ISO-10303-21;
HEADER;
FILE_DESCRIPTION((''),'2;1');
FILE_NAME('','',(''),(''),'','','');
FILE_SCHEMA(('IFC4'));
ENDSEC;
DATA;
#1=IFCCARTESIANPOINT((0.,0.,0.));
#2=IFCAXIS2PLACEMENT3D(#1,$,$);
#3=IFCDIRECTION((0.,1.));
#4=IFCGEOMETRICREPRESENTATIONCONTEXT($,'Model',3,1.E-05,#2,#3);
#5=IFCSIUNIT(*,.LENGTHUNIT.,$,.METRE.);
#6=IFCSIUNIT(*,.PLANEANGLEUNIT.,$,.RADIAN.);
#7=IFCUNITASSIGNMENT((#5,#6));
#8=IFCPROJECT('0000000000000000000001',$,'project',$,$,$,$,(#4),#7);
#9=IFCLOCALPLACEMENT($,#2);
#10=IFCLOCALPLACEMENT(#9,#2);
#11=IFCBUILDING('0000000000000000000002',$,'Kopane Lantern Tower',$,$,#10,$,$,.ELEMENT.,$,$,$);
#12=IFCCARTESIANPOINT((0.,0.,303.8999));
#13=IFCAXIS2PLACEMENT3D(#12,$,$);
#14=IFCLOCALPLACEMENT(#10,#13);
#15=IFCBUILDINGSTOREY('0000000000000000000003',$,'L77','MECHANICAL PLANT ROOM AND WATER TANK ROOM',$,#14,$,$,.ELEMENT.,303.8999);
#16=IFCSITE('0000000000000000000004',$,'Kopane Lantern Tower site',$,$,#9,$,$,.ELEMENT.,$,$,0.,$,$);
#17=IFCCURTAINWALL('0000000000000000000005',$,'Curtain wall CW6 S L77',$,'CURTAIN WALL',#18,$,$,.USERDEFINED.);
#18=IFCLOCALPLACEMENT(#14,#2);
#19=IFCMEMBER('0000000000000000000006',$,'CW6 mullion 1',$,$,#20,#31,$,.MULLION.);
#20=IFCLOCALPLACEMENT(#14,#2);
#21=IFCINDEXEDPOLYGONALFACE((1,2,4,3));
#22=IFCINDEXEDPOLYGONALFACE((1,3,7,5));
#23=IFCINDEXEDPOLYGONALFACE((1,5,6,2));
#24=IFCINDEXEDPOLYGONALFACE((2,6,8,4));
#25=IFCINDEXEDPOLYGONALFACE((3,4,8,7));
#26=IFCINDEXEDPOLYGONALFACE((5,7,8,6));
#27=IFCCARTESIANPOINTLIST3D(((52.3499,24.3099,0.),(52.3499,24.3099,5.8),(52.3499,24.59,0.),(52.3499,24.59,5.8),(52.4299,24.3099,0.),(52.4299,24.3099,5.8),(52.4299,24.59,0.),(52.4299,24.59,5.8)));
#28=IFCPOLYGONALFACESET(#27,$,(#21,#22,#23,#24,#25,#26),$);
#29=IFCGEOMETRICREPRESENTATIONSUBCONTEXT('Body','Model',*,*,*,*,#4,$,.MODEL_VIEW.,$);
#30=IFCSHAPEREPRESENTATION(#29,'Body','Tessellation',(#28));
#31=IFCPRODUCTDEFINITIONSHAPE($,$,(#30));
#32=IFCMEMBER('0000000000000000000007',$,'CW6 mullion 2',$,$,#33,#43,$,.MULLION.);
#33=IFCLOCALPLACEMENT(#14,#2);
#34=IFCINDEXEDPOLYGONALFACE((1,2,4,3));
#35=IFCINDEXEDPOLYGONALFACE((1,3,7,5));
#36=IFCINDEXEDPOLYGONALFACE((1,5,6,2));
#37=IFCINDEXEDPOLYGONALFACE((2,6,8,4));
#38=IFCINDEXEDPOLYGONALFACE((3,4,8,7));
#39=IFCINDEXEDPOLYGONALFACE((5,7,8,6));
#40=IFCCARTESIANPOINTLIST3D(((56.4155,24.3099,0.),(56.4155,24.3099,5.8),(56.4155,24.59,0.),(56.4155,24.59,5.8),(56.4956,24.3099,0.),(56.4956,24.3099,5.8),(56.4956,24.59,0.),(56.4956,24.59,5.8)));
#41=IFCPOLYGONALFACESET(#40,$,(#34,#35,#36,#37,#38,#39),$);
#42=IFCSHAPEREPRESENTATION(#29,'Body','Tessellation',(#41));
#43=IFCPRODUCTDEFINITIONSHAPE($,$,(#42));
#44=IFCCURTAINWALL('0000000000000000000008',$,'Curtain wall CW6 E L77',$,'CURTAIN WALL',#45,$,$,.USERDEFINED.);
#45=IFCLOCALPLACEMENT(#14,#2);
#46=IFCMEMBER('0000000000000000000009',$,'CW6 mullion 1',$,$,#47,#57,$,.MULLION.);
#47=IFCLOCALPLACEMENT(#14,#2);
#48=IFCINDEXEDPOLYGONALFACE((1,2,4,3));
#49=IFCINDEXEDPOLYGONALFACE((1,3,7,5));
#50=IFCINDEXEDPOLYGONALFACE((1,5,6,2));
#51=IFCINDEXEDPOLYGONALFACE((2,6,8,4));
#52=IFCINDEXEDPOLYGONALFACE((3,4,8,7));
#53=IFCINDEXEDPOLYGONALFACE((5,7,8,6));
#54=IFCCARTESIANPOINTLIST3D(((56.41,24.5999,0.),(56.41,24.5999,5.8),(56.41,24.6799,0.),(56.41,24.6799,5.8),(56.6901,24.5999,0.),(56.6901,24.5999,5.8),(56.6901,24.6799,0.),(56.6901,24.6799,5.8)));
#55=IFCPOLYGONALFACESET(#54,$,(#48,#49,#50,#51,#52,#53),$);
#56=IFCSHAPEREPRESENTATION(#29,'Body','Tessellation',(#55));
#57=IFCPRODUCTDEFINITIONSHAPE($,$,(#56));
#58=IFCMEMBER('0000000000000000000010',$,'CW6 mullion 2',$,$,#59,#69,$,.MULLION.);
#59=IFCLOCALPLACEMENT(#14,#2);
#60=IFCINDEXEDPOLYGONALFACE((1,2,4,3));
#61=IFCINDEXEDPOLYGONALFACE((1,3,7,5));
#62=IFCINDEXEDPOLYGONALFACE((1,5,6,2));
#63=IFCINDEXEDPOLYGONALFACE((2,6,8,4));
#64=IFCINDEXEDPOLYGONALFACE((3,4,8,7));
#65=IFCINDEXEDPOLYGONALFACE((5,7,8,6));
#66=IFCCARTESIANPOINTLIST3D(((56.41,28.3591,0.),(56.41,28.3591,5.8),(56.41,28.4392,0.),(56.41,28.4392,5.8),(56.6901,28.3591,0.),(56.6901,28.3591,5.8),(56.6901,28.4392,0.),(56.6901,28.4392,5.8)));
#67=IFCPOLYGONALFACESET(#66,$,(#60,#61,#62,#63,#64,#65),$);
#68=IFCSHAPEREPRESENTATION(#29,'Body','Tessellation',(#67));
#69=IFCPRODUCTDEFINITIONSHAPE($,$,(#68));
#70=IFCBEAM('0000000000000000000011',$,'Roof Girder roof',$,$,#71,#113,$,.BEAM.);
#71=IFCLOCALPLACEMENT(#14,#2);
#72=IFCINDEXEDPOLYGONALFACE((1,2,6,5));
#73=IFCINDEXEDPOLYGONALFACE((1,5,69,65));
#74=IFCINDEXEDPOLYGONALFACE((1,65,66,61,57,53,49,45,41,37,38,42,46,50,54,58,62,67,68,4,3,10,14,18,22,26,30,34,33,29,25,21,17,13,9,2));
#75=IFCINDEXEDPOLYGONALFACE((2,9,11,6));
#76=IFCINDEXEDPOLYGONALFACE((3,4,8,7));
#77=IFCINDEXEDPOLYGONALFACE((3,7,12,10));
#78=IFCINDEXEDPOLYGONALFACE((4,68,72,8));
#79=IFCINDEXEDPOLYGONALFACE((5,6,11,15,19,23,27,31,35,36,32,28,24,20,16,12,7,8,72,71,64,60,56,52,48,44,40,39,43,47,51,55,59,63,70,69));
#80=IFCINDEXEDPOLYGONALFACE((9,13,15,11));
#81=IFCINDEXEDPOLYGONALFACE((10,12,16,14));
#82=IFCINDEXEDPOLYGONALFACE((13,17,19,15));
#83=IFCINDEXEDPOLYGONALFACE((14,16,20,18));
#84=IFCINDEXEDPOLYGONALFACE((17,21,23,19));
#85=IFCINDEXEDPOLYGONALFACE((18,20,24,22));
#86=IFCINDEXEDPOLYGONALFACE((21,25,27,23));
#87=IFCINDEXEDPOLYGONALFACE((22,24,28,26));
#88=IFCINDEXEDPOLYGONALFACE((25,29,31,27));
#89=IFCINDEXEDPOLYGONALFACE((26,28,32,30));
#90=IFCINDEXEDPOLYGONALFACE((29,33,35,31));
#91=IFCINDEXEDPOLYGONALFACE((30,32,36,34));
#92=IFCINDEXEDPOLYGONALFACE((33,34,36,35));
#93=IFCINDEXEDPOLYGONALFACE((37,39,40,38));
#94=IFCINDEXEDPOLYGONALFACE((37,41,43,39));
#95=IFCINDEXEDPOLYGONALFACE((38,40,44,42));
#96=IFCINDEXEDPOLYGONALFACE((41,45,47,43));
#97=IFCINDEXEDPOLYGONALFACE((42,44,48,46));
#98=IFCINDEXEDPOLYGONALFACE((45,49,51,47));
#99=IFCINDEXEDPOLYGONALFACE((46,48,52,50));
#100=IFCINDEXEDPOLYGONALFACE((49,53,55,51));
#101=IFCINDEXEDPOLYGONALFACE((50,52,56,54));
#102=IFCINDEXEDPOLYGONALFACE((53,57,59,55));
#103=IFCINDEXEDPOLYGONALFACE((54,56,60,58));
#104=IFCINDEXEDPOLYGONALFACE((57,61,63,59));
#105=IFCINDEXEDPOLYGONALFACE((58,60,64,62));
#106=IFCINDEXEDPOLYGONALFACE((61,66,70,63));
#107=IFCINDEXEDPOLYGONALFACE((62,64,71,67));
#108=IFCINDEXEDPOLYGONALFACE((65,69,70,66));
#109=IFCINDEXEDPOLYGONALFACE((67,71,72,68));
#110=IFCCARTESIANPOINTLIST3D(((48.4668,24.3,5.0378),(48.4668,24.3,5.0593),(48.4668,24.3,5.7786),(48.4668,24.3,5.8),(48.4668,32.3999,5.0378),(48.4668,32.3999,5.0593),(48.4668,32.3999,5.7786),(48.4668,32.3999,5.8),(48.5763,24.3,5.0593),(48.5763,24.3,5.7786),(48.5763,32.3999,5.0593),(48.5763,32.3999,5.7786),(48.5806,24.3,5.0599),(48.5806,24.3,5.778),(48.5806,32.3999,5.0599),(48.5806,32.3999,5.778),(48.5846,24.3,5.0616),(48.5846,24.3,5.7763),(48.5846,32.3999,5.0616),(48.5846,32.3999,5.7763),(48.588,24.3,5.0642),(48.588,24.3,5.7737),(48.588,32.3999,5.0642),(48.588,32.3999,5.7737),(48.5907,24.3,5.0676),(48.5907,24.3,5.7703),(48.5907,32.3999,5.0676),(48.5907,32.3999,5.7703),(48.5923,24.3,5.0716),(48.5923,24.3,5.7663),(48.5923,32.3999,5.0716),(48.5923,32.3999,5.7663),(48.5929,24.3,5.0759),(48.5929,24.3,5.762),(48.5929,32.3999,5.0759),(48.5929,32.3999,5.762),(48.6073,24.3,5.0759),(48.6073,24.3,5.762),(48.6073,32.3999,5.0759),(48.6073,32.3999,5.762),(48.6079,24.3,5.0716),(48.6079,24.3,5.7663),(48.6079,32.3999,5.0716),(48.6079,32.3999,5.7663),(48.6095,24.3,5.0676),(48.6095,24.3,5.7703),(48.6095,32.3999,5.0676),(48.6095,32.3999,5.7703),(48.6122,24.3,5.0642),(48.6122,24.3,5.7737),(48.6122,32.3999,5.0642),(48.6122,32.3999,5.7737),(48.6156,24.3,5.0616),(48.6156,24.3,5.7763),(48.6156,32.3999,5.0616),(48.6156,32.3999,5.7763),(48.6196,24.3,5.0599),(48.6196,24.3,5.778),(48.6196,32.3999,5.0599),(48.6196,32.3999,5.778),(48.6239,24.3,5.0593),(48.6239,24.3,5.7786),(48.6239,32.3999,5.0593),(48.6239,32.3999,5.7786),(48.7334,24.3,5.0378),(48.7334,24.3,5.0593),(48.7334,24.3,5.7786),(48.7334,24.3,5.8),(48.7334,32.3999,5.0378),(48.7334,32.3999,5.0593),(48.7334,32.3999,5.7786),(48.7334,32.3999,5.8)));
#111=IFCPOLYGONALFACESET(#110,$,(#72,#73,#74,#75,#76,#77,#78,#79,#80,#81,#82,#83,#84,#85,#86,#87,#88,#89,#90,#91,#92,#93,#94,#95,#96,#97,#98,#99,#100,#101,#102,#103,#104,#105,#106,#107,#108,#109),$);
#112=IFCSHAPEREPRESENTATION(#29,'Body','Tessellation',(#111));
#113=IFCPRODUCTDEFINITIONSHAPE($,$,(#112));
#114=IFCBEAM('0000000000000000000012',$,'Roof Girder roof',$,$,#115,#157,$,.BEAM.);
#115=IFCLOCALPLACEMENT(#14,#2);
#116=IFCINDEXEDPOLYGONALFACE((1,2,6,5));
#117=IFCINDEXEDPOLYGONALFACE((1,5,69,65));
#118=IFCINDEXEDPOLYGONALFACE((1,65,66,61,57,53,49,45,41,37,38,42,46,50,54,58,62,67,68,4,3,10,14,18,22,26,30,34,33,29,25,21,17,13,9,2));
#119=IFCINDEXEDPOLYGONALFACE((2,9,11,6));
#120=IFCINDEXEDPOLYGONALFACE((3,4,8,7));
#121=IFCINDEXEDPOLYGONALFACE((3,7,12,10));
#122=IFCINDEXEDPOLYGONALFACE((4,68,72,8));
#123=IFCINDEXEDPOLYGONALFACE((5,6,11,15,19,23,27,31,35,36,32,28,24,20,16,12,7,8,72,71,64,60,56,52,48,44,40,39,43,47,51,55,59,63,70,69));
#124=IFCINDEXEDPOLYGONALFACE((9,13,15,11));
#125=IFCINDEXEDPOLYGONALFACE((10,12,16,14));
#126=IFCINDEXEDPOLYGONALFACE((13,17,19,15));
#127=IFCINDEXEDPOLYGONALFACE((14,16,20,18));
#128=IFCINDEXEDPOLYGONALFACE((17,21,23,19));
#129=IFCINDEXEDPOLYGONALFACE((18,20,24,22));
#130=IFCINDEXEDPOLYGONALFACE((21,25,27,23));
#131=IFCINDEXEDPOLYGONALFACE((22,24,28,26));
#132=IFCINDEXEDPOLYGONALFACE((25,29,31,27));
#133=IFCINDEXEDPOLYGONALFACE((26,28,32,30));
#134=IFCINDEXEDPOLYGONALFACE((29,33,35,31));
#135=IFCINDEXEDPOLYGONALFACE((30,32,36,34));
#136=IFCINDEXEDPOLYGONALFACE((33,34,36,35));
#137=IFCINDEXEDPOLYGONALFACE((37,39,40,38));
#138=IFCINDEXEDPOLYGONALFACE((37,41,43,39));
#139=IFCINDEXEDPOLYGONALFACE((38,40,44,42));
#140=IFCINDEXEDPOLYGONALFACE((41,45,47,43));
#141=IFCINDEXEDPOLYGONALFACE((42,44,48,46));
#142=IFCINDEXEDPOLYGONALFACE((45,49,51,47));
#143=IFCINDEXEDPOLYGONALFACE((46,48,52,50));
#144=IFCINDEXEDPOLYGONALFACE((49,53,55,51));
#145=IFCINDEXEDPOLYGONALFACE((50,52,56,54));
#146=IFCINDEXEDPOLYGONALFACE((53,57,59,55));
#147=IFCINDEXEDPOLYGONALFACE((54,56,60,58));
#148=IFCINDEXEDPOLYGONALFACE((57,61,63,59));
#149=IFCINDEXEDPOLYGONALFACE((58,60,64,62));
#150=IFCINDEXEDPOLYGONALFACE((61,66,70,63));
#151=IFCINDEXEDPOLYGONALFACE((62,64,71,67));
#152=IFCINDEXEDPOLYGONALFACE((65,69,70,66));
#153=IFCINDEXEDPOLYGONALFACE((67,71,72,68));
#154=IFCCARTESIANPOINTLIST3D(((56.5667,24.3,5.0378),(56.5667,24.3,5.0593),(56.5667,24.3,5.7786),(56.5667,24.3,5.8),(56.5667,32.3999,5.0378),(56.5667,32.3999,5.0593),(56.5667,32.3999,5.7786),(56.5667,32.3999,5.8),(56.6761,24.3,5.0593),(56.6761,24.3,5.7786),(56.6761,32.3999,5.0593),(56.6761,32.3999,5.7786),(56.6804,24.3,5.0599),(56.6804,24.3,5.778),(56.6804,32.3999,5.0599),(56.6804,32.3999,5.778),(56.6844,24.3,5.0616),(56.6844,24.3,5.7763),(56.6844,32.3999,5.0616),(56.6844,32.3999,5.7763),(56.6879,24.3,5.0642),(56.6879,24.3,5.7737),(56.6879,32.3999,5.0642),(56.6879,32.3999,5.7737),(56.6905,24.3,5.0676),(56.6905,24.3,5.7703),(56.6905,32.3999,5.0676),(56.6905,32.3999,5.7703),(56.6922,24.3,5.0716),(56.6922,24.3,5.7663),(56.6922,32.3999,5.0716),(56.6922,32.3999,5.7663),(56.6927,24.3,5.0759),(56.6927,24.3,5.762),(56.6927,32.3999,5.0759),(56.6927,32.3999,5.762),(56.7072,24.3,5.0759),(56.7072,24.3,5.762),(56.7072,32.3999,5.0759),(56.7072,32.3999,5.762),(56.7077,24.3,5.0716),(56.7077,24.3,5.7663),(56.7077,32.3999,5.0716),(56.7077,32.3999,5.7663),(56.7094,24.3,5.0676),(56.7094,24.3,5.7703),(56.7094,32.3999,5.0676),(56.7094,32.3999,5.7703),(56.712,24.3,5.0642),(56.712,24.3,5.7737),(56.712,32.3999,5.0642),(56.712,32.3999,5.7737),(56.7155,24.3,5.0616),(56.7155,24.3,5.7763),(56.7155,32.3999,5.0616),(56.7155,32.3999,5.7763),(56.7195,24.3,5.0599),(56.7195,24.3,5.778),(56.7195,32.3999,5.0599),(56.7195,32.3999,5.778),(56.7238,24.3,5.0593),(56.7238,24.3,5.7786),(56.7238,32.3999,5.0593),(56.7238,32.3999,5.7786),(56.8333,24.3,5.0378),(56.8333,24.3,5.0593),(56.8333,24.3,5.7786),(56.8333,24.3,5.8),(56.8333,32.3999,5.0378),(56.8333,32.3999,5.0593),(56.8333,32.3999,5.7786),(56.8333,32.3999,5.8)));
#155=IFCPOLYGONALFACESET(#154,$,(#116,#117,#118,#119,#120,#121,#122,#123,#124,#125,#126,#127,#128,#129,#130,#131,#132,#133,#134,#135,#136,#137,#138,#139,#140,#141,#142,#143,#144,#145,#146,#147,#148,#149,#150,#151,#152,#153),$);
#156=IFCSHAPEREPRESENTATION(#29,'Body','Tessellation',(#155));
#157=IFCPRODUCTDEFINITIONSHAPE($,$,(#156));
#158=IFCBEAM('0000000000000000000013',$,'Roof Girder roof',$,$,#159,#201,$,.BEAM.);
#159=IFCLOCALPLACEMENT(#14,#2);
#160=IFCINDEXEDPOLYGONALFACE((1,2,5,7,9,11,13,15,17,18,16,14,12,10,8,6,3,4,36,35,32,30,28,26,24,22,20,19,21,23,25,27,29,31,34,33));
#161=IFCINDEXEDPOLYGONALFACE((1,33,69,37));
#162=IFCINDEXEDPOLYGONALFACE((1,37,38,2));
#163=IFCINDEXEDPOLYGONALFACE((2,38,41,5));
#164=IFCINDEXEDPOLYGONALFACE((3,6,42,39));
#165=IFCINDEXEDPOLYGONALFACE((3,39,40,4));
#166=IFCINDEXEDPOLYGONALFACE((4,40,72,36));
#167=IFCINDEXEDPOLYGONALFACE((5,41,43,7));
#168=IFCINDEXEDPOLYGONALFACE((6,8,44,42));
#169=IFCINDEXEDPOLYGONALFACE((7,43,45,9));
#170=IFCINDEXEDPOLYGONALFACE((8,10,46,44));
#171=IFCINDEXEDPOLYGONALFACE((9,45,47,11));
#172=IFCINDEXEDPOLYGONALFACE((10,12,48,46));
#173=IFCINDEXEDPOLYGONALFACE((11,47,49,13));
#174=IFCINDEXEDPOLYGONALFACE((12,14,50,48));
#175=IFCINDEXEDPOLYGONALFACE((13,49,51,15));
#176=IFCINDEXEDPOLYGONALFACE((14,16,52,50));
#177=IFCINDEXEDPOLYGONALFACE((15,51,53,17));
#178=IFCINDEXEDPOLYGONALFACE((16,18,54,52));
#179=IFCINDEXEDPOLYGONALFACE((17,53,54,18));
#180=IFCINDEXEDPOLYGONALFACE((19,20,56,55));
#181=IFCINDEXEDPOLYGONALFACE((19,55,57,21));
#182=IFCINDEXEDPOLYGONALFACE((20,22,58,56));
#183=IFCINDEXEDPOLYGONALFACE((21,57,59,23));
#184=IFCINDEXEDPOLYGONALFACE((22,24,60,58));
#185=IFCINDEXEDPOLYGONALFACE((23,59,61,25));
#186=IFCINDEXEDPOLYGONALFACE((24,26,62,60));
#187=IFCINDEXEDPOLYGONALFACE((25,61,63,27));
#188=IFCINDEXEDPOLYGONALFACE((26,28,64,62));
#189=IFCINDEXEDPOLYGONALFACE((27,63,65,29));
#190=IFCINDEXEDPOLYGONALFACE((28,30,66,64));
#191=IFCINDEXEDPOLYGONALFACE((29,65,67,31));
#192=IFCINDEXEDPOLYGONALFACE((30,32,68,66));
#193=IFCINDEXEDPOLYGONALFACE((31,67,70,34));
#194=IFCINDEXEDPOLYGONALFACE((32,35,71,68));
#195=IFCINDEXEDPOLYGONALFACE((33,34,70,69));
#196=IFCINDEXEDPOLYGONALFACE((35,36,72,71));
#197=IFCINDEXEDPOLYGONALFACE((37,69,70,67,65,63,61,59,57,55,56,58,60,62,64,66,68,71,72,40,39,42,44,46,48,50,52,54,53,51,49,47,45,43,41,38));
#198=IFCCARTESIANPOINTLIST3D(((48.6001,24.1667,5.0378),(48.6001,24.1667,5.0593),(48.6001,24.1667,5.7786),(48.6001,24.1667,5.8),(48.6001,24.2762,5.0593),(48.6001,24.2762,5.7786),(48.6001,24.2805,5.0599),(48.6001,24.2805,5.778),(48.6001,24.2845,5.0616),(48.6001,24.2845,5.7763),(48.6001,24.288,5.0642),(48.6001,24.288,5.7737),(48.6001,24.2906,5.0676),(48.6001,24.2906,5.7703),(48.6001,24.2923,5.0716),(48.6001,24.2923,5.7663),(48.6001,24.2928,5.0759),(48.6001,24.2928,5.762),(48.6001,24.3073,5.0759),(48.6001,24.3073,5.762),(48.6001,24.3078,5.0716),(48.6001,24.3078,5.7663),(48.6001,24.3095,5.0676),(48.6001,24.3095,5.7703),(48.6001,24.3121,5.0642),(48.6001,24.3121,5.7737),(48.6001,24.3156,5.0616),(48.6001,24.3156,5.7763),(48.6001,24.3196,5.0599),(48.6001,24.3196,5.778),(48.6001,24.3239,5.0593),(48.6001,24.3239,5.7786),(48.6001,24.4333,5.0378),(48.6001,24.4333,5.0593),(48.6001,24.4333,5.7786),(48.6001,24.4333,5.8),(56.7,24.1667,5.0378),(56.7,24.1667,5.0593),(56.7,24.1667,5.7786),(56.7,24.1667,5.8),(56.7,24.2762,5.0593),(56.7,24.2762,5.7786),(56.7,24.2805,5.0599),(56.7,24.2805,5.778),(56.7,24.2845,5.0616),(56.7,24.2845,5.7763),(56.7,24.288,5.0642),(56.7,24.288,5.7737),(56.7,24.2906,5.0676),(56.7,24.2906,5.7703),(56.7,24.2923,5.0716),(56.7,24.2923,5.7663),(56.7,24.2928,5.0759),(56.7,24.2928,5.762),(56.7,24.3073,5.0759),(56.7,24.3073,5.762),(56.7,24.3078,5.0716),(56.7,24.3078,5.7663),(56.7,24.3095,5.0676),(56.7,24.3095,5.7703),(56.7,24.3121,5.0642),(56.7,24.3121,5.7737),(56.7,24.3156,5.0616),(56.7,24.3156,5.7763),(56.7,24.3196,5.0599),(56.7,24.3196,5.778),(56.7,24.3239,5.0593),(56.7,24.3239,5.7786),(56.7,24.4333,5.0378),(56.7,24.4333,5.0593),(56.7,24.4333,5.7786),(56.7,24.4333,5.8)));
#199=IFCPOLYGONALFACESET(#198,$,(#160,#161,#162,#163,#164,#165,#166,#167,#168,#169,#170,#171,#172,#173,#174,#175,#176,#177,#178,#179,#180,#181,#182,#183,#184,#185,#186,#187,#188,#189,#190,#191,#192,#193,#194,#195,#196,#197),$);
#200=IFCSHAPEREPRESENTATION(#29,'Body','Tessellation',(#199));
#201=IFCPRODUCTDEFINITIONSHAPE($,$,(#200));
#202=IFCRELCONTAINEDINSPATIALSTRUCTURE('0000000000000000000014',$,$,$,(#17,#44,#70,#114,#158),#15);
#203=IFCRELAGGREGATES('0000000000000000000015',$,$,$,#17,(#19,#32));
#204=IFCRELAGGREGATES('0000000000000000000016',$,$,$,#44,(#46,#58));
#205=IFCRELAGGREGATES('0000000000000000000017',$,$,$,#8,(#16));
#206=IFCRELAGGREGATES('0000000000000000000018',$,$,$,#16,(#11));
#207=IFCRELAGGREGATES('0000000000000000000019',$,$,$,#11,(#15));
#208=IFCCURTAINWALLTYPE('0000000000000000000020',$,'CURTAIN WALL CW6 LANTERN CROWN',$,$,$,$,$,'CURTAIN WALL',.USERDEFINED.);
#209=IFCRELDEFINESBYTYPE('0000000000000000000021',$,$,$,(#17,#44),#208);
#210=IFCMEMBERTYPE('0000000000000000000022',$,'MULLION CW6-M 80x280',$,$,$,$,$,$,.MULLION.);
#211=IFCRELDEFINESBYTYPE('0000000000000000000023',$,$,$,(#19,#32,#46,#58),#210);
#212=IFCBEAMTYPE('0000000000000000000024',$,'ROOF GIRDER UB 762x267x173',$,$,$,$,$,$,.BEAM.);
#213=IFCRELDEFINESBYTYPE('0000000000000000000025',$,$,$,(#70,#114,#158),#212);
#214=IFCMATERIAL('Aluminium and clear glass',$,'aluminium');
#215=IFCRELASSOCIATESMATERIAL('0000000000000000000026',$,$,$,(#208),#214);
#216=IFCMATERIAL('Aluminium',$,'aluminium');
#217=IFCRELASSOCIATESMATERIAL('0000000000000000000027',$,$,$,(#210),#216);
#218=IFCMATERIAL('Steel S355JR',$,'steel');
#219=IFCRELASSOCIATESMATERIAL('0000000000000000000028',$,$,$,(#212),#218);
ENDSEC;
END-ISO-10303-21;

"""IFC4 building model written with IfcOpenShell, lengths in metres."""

from ifc_helpers import new_model, si_unit, direction, frame, origin, origin_2d, place, context, subcontext, project, spatial, rectangle, i_section, extrude, material, material_profile, profile_set, type_object, element, aggregate, save


model = new_model("IFC4")

# Units and contexts
model_context = context("Model", 3, precision=1e-05, world=origin(), true_north=direction((0.0, 1.0)))
body_context = subcontext(model_context, "Body", "Model", "MODEL_VIEW")
ifc_project = project(units=[si_unit("LENGTHUNIT", "METRE"), si_unit("PLANEANGLEUNIT", "RADIAN")], contexts=[model_context])

# Site, building, storey
site_placement = place(None, origin())
site = spatial("IfcSite", under=ifc_project, at=site_placement, Name="Kopane Lantern Tower site", CompositionType="ELEMENT", RefElevation=0.0)
building_placement = place(site_placement, origin())
building = spatial("IfcBuilding", under=site, at=building_placement, Name="Kopane Lantern Tower", CompositionType="ELEMENT")
storey_placement = place(building_placement, frame((0.0, 0.0, 303.8999)))
storey = spatial("IfcBuildingStorey", under=building, at=storey_placement, Name="L77", Description="MECHANICAL PLANT ROOM AND WATER TANK ROOM", CompositionType="ELEMENT", Elevation=303.8999)

# Curtain walls, members
ifc_material_1 = material(Name="Aluminium and clear glass", Category="aluminium")
curtain_wall_type = type_object("IfcCurtainWallType", Name="CURTAIN WALL CW6 LANTERN CROWN", ElementType="CURTAIN WALL", PredefinedType="USERDEFINED", material=ifc_material_1)
curtain_wall_1_placement = place(storey_placement, origin())
curtain_wall_1 = element("IfcCurtainWall", 1, at=curtain_wall_1_placement, inside=storey, type_object=curtain_wall_type, Name="Curtain wall CW6 S L77", ObjectType="CURTAIN WALL", PredefinedType="USERDEFINED")
ifc_material_2 = material(Name="Aluminium", Category="aluminium")
ifc_material_profile_1 = material_profile(ifc_material_2, rectangle(XDim=0.0801, YDim=0.28, at=origin_2d()), Name="AL 80x280")
ifc_profile_set_1 = profile_set([ifc_material_profile_1], Name="Aluminium")
member_type_1 = type_object("IfcMemberType", Name="MULLION CW6-M 80x280", PredefinedType="MULLION", material=ifc_profile_set_1)
member_1_placement = place(storey_placement, frame((52.3899, 24.45, 0.0), z_axis=(0.0, 0.0, 1.0), x_axis=(1.0, 0.0, 0.0)))
member_1 = element("IfcMember", 2, at=member_1_placement, type_object=member_type_1, Name="CW6 mullion 1", PredefinedType="MULLION", context=body_context, shape_type="SweptSolid", body=[
    extrude(rectangle(XDim=0.0801, YDim=0.28, at=origin_2d()), origin(), (0.0, 0.0, 1.0), 5.8),
])
member_2_placement = place(storey_placement, frame((56.4556, 24.45, 0.0), z_axis=(0.0, 0.0, 1.0), x_axis=(1.0, 0.0, 0.0)))
member_2 = element("IfcMember", 3, at=member_2_placement, type_object=member_type_1, Name="CW6 mullion 2", PredefinedType="MULLION", context=body_context, shape_type="SweptSolid", body=[
    extrude(rectangle(XDim=0.0801, YDim=0.28, at=origin_2d()), origin(), (0.0, 0.0, 1.0), 5.8),
])
curtain_wall_2_placement = place(storey_placement, origin())
curtain_wall_2 = element("IfcCurtainWall", 4, at=curtain_wall_2_placement, inside=storey, type_object=curtain_wall_type, Name="Curtain wall CW6 E L77", ObjectType="CURTAIN WALL", PredefinedType="USERDEFINED")
member_3_placement = place(storey_placement, frame((56.55, 24.6399, 0.0), z_axis=(0.0, 0.0, 1.0), x_axis=(0.0, 1.0, 0.0)))
member_3 = element("IfcMember", 5, at=member_3_placement, type_object=member_type_1, Name="CW6 mullion 1", PredefinedType="MULLION", context=body_context, shape_type="SweptSolid", body=[
    extrude(rectangle(XDim=0.0801, YDim=0.28, at=origin_2d()), origin(), (0.0, 0.0, 1.0), 5.8),
])
member_4_placement = place(storey_placement, frame((56.55, 28.3992, 0.0), z_axis=(0.0, 0.0, 1.0), x_axis=(0.0, 1.0, 0.0)))
member_4 = element("IfcMember", 6, at=member_4_placement, type_object=member_type_1, Name="CW6 mullion 2", PredefinedType="MULLION", context=body_context, shape_type="SweptSolid", body=[
    extrude(rectangle(XDim=0.0801, YDim=0.28, at=origin_2d()), origin(), (0.0, 0.0, 1.0), 5.8),
])

# Beams
ifc_material_3 = material(Name="Steel S355JR", Category="steel")
ifc_material_profile_2 = material_profile(ifc_material_3, i_section(OverallWidth=0.2666, OverallDepth=0.7622, WebThickness=0.0144, FlangeThickness=0.0215, FilletRadius=0.0166, at=origin_2d()), Name="UB 762x267x173")
ifc_profile_set_2 = profile_set([ifc_material_profile_2], Name="Steel S355JR")
beam_type_1 = type_object("IfcBeamType", Name="ROOF GIRDER UB 762x267x173", PredefinedType="BEAM", material=ifc_profile_set_2)
for number, where, z_axis, x_axis, name in (
    (7, (48.6001, 24.3, 5.4189), (0.0, 1.0, 0.0), (-1.0, 0.0, 0.0), "Roof Girder roof"),
    (8, (56.7, 24.3, 5.4189), (0.0, 1.0, 0.0), (-1.0, 0.0, 0.0), "Roof Girder roof"),
    (9, (48.6001, 24.3, 5.4189), (1.0, 0.0, 0.0), (0.0, 1.0, 0.0), "Roof Girder roof"),
):
    element("IfcBeam", number, at=place(storey_placement, frame(where, z_axis=z_axis, x_axis=x_axis)), inside=storey, type_object=beam_type_1, Name=name, PredefinedType="BEAM", context=body_context, shape_type="SweptSolid", body=[
        extrude(i_section(OverallWidth=0.2666, OverallDepth=0.7622, WebThickness=0.0144, FlangeThickness=0.0215, FilletRadius=0.0166, at=origin_2d()), origin(), (0.0, 0.0, 1.0), 8.0999),
    ])

aggregate(curtain_wall_1, [member_1, member_2])
aggregate(curtain_wall_2, [member_3, member_4])

save(model, "model.ifc")
